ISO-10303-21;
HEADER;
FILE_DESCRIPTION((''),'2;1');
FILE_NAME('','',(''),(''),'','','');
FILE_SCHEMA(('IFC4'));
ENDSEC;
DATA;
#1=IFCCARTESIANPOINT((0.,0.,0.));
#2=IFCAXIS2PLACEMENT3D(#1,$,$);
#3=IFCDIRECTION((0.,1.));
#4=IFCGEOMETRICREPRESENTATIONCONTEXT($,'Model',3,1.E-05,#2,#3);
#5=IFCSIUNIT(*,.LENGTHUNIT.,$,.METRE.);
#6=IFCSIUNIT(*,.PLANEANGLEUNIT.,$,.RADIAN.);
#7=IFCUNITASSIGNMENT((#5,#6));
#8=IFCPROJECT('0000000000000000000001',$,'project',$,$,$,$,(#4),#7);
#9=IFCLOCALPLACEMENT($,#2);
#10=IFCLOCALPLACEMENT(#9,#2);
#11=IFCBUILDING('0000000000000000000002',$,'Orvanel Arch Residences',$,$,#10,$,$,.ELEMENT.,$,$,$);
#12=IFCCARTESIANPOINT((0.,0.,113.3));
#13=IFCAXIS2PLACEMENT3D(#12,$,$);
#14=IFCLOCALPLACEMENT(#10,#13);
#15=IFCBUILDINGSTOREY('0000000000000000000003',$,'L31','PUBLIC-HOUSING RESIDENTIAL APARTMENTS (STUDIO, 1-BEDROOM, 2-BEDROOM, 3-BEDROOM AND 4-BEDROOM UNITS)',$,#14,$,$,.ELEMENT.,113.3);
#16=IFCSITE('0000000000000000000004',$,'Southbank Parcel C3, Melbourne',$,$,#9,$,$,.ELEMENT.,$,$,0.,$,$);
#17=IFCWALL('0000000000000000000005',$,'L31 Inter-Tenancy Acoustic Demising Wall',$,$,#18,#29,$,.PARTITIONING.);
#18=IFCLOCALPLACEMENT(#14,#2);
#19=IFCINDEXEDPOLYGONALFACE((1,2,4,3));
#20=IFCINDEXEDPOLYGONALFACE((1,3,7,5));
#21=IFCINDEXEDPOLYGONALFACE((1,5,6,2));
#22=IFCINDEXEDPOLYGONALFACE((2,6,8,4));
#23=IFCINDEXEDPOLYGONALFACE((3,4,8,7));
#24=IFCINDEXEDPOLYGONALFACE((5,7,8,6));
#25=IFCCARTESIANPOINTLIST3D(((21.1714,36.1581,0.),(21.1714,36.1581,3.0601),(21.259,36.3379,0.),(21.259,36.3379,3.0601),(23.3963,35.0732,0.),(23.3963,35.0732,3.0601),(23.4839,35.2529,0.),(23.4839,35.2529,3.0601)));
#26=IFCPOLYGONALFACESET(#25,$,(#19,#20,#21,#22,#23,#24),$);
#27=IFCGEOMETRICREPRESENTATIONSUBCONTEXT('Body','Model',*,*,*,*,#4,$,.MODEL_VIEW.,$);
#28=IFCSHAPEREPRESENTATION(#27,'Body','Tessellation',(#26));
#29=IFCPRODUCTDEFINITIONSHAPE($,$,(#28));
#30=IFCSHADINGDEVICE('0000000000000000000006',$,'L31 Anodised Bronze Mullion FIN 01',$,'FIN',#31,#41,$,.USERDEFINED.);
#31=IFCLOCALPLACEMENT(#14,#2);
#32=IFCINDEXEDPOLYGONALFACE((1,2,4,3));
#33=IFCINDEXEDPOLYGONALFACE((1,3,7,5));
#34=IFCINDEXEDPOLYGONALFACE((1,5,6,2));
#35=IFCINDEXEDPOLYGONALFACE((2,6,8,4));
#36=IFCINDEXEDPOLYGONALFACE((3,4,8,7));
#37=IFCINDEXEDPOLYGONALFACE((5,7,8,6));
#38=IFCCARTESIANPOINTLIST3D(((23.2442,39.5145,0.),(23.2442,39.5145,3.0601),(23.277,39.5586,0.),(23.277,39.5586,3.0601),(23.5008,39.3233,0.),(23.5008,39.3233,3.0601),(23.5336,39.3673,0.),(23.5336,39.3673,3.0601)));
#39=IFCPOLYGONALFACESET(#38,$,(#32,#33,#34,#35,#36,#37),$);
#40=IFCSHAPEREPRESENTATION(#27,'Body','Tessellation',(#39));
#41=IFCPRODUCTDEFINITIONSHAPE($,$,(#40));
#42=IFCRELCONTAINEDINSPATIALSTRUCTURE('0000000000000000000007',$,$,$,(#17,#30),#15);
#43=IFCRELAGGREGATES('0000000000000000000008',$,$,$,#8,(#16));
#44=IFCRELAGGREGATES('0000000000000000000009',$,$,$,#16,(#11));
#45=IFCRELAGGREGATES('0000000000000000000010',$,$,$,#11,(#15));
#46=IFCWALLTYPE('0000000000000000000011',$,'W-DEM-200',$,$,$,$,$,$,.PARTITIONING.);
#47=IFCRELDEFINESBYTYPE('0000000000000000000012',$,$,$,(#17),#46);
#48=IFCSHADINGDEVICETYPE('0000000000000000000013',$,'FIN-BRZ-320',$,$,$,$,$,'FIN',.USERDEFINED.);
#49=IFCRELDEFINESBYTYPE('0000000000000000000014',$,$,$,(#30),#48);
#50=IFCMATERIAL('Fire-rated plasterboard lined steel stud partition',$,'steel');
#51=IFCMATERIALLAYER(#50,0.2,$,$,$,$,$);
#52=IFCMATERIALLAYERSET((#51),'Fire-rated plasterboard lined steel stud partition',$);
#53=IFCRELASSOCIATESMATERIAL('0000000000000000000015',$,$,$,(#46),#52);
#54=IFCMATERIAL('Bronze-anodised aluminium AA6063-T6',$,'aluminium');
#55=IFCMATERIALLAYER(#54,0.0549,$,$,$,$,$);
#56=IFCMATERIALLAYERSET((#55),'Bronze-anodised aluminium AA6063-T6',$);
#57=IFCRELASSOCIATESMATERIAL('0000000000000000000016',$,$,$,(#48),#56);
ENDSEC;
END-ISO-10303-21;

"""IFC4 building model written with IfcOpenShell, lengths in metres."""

from ifc_helpers import new_model, si_unit, direction, frame, frame_2d, origin, origin_2d, place, context, subcontext, project, spatial, rectangle, extrude, material, layer, layer_set, type_object, element, save


model = new_model("IFC4")

# Units and contexts
model_context = context("Model", 3, precision=1e-05, world=origin(), true_north=direction((0.0, 1.0)))
body_context = subcontext(model_context, "Body", "Model", "MODEL_VIEW")
ifc_project = project(units=[si_unit("LENGTHUNIT", "METRE"), si_unit("PLANEANGLEUNIT", "RADIAN")], contexts=[model_context])

# Site, building, storey
site_placement = place(None, origin())
site = spatial("IfcSite", under=ifc_project, at=site_placement, Name="Southbank Parcel C3, Melbourne", CompositionType="ELEMENT", RefElevation=0.0)
building_placement = place(site_placement, origin())
building = spatial("IfcBuilding", under=site, at=building_placement, Name="Orvanel Arch Residences", CompositionType="ELEMENT")
storey_placement = place(building_placement, frame((0.0, 0.0, 113.3)))
storey = spatial("IfcBuildingStorey", under=building, at=storey_placement, Name="L31", Description="PUBLIC-HOUSING RESIDENTIAL APARTMENTS (STUDIO, 1-BEDROOM, 2-BEDROOM, 3-BEDROOM AND 4-BEDROOM UNITS)", CompositionType="ELEMENT", Elevation=113.3)

# Shared definitions
ifc_material_1 = material(Name="Bronze-anodised aluminium AA6063-T6", Category="aluminium")

# Shared definitions
ifc_material_2 = material(Name="Fire-rated plasterboard lined steel stud partition", Category="steel")

# Wall
ifc_layer_1 = layer(ifc_material_2, 0.2)
ifc_layer_set_1 = layer_set([ifc_layer_1], Name="Fire-rated plasterboard lined steel stud partition")
wall_type_1 = type_object("IfcWallType", Name="W-DEM-200", PredefinedType="PARTITIONING", material=ifc_layer_set_1)
wall_1_placement = place(storey_placement, frame((21.2151, 36.248, 0.0), z_axis=(0.0, 0.0, 1.0), x_axis=(0.898822, -0.438315, 0.0)))
element("IfcWall", 1, at=wall_1_placement, inside=storey, type_object=wall_type_1, Name="L31 Inter-Tenancy Acoustic Demising Wall", PredefinedType="PARTITIONING", context=body_context, shape_type="SweptSolid", body=[
    extrude(rectangle(XDim=2.4753, YDim=0.2, at=frame_2d((1.2378, 0.0))), origin(), (0.0, 0.0, 1.0), 3.0601),
])

# Shading device
ifc_layer_2 = layer(ifc_material_1, 0.0549)
ifc_layer_set_2 = layer_set([ifc_layer_2], Name="Bronze-anodised aluminium AA6063-T6")
shading_device_type = type_object("IfcShadingDeviceType", Name="FIN-BRZ-320", ElementType="FIN", PredefinedType="USERDEFINED", material=ifc_layer_set_2)
shading_device_placement = place(storey_placement, frame((23.3889, 39.4409, 0.0), z_axis=(0.0, 0.0, 1.0), x_axis=(-0.801776, 0.597625, 0.0)))
element("IfcShadingDevice", 2, at=shading_device_placement, inside=storey, type_object=shading_device_type, Name="L31 Anodised Bronze Mullion FIN 01", ObjectType="FIN", PredefinedType="USERDEFINED", context=body_context, shape_type="SweptSolid", body=[
    extrude(rectangle(XDim=0.3201, YDim=0.0549, at=origin_2d()), origin(), (0.0, 0.0, 1.0), 3.0601),
])

save(model, "model.ifc")
